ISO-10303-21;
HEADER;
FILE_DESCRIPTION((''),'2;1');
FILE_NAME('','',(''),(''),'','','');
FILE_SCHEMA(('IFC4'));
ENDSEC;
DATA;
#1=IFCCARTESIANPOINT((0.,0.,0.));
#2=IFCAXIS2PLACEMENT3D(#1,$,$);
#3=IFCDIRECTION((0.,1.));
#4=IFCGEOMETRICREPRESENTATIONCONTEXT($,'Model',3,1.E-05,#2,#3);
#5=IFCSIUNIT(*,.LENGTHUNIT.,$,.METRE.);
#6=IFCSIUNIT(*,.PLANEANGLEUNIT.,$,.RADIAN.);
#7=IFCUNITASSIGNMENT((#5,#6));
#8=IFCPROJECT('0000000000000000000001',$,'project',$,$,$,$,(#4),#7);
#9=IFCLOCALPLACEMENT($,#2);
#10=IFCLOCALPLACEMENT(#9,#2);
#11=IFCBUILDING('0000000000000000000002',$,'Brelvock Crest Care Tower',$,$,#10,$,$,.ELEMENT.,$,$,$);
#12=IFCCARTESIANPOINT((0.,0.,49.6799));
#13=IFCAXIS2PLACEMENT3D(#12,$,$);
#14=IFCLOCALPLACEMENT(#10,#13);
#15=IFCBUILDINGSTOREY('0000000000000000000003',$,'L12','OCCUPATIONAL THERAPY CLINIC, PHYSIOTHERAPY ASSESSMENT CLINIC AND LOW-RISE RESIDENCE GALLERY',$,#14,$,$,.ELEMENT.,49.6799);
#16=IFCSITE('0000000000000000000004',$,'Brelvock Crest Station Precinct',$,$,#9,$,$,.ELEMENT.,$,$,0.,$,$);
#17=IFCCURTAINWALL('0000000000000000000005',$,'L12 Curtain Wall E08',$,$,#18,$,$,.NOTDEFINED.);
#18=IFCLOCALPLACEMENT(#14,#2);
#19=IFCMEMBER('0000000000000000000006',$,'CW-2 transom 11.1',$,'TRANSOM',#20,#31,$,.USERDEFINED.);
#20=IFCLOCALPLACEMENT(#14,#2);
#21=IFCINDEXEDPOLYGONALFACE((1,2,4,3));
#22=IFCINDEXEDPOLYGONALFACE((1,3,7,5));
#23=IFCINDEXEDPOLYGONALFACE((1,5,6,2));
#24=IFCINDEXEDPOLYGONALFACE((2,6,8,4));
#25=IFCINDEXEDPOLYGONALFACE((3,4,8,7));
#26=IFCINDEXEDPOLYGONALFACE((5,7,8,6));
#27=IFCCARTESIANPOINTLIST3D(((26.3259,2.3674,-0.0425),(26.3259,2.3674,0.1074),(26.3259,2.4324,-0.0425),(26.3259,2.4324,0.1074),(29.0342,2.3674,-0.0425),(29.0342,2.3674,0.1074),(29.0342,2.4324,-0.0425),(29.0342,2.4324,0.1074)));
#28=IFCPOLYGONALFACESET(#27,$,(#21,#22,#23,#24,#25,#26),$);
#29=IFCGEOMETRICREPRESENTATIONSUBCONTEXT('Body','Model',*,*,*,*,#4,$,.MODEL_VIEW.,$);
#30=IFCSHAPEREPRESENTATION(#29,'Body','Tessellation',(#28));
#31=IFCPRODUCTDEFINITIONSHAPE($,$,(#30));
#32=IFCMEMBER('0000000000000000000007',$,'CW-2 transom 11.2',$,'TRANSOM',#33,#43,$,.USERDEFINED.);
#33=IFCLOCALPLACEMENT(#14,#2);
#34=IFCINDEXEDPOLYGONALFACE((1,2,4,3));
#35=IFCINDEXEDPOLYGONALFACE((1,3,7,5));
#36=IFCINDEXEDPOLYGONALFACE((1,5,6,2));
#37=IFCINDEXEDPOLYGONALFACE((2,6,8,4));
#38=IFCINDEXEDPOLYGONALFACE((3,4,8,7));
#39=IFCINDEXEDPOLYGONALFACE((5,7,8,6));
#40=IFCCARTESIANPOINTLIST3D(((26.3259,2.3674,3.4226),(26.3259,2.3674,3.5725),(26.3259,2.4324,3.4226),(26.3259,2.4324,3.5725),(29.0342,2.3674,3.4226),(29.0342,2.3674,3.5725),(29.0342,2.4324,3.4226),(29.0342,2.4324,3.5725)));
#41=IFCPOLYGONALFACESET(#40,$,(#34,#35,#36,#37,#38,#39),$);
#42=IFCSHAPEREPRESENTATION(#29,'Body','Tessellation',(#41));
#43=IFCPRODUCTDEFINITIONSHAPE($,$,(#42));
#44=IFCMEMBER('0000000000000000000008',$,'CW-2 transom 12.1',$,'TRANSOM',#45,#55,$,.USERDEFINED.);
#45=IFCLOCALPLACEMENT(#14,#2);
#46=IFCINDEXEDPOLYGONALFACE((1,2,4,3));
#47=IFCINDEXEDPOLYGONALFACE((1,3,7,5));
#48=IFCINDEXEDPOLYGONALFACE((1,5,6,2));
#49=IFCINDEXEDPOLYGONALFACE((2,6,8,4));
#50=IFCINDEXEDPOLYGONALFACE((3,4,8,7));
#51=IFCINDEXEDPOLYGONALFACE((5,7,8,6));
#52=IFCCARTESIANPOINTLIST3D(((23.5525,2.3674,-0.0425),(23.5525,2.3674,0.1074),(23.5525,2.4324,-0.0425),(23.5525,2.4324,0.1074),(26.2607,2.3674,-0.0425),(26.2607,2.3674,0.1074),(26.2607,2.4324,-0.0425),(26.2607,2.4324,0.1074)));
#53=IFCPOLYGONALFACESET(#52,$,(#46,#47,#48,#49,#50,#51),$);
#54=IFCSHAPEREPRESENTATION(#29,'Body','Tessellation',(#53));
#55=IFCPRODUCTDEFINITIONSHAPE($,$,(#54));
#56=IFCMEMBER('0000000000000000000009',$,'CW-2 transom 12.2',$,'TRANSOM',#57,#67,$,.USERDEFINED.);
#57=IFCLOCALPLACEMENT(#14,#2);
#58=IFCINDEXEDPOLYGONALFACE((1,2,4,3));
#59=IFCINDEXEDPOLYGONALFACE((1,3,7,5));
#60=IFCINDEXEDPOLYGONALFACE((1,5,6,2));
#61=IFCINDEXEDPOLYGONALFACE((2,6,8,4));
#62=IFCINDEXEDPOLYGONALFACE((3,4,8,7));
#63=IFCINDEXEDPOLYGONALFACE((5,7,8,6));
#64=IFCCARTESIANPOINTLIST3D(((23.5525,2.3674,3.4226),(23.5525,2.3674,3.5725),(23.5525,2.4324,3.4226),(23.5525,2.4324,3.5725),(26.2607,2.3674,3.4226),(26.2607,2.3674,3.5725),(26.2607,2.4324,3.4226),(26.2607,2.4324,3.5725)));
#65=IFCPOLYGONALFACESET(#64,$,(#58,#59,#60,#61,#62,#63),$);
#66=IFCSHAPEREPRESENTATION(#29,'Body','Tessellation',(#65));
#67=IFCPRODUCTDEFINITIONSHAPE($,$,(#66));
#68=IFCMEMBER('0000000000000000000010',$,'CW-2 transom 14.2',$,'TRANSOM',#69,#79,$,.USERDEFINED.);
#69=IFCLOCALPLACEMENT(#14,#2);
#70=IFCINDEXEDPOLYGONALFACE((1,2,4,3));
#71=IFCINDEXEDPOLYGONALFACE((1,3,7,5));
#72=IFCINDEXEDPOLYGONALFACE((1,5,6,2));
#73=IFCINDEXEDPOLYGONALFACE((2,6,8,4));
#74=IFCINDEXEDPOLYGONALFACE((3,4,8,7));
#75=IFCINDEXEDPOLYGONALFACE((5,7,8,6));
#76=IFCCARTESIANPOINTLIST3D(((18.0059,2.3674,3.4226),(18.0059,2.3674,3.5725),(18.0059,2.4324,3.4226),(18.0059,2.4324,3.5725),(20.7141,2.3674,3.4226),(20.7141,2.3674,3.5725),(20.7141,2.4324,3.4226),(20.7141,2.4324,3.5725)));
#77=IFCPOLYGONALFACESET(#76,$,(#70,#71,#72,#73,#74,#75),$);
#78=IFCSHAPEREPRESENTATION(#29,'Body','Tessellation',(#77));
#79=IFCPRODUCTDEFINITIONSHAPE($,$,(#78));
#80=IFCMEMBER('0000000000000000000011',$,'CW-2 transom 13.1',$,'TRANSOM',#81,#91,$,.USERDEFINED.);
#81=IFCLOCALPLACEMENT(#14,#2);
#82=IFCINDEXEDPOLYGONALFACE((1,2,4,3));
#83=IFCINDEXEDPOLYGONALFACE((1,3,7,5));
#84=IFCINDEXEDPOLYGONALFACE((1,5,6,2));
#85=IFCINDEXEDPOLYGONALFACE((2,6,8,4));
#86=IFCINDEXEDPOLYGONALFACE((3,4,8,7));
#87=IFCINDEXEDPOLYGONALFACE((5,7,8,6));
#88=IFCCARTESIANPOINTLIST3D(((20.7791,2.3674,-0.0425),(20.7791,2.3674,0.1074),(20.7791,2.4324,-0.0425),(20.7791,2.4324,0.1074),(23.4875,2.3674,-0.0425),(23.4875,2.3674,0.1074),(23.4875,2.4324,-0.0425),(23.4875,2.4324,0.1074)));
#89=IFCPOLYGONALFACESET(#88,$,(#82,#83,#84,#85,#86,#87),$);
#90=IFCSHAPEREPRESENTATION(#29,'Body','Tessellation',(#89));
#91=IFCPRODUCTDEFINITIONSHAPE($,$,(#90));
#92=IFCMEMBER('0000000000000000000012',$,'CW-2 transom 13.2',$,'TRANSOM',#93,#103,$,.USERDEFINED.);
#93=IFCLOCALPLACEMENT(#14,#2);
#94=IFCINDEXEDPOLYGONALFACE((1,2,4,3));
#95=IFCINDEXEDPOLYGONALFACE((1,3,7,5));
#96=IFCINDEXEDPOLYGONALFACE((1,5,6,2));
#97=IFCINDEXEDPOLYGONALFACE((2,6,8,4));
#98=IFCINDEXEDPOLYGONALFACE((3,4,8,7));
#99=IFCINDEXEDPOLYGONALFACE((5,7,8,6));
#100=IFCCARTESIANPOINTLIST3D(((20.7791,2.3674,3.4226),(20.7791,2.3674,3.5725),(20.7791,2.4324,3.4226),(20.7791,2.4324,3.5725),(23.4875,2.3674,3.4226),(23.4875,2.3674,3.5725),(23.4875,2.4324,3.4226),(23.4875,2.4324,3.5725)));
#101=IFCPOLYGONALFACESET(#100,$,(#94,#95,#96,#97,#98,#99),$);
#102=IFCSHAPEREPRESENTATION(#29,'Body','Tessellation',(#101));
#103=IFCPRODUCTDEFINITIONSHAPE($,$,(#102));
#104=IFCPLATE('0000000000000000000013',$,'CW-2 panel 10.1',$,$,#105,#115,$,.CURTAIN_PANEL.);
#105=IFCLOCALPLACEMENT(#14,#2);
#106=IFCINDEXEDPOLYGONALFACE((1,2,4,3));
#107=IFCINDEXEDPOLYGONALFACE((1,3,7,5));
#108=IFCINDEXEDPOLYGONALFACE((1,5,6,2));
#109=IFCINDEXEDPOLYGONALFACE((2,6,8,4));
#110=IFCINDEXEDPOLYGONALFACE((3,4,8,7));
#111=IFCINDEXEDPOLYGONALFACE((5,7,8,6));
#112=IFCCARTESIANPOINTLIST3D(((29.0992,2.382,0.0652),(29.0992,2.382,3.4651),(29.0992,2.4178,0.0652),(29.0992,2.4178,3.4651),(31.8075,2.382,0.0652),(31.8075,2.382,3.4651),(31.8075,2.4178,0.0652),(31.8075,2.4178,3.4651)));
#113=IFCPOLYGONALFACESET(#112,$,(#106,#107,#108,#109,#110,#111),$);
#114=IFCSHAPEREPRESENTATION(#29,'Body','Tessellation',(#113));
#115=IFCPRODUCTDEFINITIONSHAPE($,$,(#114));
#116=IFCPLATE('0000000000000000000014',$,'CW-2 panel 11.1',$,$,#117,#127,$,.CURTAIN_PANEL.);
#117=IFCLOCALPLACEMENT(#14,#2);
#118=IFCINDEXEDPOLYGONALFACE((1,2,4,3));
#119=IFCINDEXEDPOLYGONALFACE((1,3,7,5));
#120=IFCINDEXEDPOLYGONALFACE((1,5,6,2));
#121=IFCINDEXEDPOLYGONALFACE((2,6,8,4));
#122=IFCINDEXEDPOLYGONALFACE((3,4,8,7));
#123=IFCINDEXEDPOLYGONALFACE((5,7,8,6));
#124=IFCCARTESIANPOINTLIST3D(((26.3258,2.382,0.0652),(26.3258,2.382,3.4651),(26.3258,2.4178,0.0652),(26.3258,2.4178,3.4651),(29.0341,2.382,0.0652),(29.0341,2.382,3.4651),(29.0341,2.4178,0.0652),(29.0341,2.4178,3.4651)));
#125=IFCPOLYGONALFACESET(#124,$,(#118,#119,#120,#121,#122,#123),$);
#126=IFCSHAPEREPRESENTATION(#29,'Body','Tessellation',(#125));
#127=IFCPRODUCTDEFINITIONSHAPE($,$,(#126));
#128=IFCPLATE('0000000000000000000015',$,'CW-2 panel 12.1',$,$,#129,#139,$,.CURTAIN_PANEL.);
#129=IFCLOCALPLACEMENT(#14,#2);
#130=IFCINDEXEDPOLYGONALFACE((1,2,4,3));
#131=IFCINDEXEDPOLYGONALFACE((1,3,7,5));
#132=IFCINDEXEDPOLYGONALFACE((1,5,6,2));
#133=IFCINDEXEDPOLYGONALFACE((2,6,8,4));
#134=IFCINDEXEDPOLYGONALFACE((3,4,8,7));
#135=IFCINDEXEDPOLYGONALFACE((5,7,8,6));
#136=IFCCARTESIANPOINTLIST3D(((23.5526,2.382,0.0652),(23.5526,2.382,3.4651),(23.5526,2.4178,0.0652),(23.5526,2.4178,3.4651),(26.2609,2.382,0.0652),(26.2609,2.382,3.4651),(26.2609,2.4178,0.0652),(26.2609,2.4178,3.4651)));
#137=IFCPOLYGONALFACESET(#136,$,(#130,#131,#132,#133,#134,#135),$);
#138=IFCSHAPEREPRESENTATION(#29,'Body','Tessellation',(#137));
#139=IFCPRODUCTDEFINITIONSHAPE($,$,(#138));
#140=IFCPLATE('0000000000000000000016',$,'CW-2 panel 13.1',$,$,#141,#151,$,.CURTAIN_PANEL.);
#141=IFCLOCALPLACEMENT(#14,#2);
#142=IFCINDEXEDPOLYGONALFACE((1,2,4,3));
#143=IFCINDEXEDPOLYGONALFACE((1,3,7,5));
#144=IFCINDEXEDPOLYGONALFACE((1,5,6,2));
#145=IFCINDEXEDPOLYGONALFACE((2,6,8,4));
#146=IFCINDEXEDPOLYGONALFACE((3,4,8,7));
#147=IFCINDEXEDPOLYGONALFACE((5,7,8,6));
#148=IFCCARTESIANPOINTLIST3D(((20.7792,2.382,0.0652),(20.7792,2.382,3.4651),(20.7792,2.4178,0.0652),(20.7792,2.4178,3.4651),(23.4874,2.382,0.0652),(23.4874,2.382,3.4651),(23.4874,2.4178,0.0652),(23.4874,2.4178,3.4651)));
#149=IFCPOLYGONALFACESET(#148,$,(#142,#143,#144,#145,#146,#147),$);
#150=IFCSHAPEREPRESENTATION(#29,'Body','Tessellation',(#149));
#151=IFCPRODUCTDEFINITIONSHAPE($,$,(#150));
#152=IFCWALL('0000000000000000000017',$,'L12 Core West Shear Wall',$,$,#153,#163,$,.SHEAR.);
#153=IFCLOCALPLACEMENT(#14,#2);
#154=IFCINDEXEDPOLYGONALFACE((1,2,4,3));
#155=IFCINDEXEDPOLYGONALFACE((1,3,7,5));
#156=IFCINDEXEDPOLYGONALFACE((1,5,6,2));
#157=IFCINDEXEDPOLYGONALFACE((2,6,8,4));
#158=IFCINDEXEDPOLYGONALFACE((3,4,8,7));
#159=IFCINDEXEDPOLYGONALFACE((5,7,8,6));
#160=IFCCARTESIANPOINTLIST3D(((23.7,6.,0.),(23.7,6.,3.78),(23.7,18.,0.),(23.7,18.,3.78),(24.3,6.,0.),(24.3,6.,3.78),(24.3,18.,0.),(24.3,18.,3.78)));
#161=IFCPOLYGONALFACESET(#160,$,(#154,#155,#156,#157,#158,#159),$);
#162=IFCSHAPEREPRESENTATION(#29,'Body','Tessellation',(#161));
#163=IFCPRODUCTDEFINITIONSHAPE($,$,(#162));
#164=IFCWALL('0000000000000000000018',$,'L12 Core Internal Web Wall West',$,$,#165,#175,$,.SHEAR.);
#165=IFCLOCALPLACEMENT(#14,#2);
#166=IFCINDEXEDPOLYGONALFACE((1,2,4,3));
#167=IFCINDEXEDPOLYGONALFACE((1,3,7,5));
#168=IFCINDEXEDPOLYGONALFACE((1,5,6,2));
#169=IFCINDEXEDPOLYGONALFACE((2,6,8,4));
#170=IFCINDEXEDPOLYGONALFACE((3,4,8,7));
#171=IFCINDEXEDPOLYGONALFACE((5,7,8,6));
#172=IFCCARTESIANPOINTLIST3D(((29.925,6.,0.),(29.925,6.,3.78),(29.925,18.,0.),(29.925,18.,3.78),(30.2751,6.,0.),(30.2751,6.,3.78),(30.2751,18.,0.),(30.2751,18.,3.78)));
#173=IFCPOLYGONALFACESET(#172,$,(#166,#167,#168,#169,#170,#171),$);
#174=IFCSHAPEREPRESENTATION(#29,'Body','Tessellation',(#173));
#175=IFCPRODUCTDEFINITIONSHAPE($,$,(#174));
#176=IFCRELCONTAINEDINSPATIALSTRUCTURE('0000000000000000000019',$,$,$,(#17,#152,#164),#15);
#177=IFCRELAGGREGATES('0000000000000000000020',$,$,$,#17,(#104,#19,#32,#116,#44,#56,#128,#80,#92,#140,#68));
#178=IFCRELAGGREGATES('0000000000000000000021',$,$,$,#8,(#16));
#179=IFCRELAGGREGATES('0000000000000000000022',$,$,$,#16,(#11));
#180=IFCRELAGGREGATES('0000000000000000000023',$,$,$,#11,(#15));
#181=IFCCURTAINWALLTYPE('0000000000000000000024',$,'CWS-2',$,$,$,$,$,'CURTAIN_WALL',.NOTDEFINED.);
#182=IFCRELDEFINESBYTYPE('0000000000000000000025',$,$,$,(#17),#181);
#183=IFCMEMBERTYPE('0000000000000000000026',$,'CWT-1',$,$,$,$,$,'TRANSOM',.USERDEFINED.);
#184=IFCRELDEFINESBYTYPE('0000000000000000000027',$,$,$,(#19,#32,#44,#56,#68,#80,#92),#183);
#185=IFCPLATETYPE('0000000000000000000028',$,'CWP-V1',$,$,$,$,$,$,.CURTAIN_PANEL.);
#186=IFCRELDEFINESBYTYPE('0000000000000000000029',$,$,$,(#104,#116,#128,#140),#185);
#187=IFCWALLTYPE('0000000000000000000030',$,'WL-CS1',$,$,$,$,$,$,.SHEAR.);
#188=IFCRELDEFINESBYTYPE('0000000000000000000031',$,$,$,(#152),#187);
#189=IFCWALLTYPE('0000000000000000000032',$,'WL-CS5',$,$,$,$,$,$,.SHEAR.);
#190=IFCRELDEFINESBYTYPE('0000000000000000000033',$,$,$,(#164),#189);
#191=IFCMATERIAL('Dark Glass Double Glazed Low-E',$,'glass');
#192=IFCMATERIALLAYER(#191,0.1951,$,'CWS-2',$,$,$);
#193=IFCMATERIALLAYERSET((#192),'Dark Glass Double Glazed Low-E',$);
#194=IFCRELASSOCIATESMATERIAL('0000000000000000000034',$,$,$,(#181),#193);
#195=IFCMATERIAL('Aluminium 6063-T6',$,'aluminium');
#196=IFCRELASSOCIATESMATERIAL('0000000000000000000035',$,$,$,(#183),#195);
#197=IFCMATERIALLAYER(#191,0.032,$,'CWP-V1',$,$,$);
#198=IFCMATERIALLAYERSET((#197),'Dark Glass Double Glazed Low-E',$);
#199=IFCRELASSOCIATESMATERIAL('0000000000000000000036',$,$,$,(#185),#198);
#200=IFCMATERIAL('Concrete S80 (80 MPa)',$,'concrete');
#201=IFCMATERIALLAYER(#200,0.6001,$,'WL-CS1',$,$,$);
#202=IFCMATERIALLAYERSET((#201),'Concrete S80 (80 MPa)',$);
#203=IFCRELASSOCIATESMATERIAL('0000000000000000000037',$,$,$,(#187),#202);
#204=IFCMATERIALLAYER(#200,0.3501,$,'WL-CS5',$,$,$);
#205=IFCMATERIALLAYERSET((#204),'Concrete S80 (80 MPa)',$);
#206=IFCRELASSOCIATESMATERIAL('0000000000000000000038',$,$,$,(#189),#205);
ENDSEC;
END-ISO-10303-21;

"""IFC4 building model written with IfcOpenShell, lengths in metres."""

from ifc_helpers import new_model, si_unit, direction, frame, frame_2d, origin, origin_2d, place, context, subcontext, project, spatial, rectangle, extrude, source, transform, mapped, material, layer, layer_set, material_profile, profile_set, type_object, element, aggregate, save


model = new_model("IFC4")

# Units and contexts
model_context = context("Model", 3, precision=1e-05, world=origin(), true_north=direction((0.0, 1.0)))
body_context = subcontext(model_context, "Body", "Model", "MODEL_VIEW")
ifc_project = project(units=[si_unit("LENGTHUNIT", "METRE"), si_unit("PLANEANGLEUNIT", "RADIAN")], contexts=[model_context])

# Site, building, storey
site_placement = place(None, origin())
site = spatial("IfcSite", under=ifc_project, at=site_placement, Name="Brelvock Crest Station Precinct", CompositionType="ELEMENT", RefElevation=0.0)
building_placement = place(site_placement, origin())
building = spatial("IfcBuilding", under=site, at=building_placement, Name="Brelvock Crest Care Tower", CompositionType="ELEMENT")
storey_placement = place(building_placement, frame((0.0, 0.0, 49.6799)))
storey = spatial("IfcBuildingStorey", under=building, at=storey_placement, Name="L12", Description="OCCUPATIONAL THERAPY CLINIC, PHYSIOTHERAPY ASSESSMENT CLINIC AND LOW-RISE RESIDENCE GALLERY", CompositionType="ELEMENT", Elevation=49.6799)

# Shared definitions
ifc_material_1 = material(Name="Concrete S80 (80 MPa)", Category="concrete")

# Curtain wall, members, plates
ifc_material_2 = material(Name="Dark Glass Double Glazed Low-E", Category="glass")
ifc_layer_1 = layer(ifc_material_2, 0.1951, Name="CWS-2")
ifc_layer_set_1 = layer_set([ifc_layer_1], Name="Dark Glass Double Glazed Low-E")
curtain_wall_type = type_object("IfcCurtainWallType", Name="CWS-2", ElementType="CURTAIN_WALL", PredefinedType="NOTDEFINED", material=ifc_layer_set_1)
curtain_wall_placement = place(storey_placement, origin())
curtain_wall = element("IfcCurtainWall", 1, at=curtain_wall_placement, inside=storey, type_object=curtain_wall_type, Name="L12 Curtain Wall E08", PredefinedType="NOTDEFINED")
ifc_material_3 = material(Name="Aluminium 6063-T6", Category="aluminium")
ifc_material_profile_1 = material_profile(ifc_material_3, rectangle(XDim=0.0649, YDim=0.1499, at=origin_2d()), Name="ALU65x150")
ifc_profile_set_1 = profile_set([ifc_material_profile_1], Name="Aluminium 6063-T6")
member_type_1 = type_object("IfcMemberType", Name="CWT-1", ElementType="TRANSOM", PredefinedType="USERDEFINED", material=ifc_profile_set_1)
shared_shape_1 = source(origin(), body_context, "Body", "SweptSolid", [
    extrude(rectangle(XDim=0.0649, YDim=0.1499, at=origin_2d()), origin(), (0.0, 0.0, 1.0), 2.7083),
])
member_1_placement = place(storey_placement, frame((29.0342, 2.3999, 0.0325), z_axis=(-1.0, 0.0, 0.0), x_axis=(0.0, -1.0, 0.0)))
member_1 = element("IfcMember", 2, at=member_1_placement, type_object=member_type_1, Name="CW-2 transom 11.1", ObjectType="TRANSOM", PredefinedType="USERDEFINED", context=body_context, shape_type="MappedRepresentation", body=[
    mapped(shared_shape_1, transform((0.0, 0.0, 0.0), x_axis=(1.0, 0.0, 0.0), y_axis=(0.0, 1.0, 0.0), z_axis=(0.0, 0.0, 1.0), scale=1.0)),
])
member_2_placement = place(storey_placement, frame((29.0342, 2.3999, 3.4976), z_axis=(-1.0, 0.0, 0.0), x_axis=(0.0, -1.0, 0.0)))
member_2 = element("IfcMember", 3, at=member_2_placement, type_object=member_type_1, Name="CW-2 transom 11.2", ObjectType="TRANSOM", PredefinedType="USERDEFINED", context=body_context, shape_type="MappedRepresentation", body=[
    mapped(shared_shape_1, transform((0.0, 0.0, 0.0), x_axis=(1.0, 0.0, 0.0), y_axis=(0.0, 1.0, 0.0), z_axis=(0.0, 0.0, 1.0), scale=1.0)),
])
member_3_placement = place(storey_placement, frame((26.2607, 2.3999, 0.0325), z_axis=(-1.0, 0.0, 0.0), x_axis=(0.0, -1.0, 0.0)))
member_3 = element("IfcMember", 4, at=member_3_placement, type_object=member_type_1, Name="CW-2 transom 12.1", ObjectType="TRANSOM", PredefinedType="USERDEFINED", context=body_context, shape_type="MappedRepresentation", body=[
    mapped(shared_shape_1, transform((0.0, 0.0, 0.0), x_axis=(1.0, 0.0, 0.0), y_axis=(0.0, 1.0, 0.0), z_axis=(0.0, 0.0, 1.0), scale=1.0)),
])
member_4_placement = place(storey_placement, frame((26.2607, 2.3999, 3.4976), z_axis=(-1.0, 0.0, 0.0), x_axis=(0.0, -1.0, 0.0)))
member_4 = element("IfcMember", 5, at=member_4_placement, type_object=member_type_1, Name="CW-2 transom 12.2", ObjectType="TRANSOM", PredefinedType="USERDEFINED", context=body_context, shape_type="MappedRepresentation", body=[
    mapped(shared_shape_1, transform((0.0, 0.0, 0.0), x_axis=(1.0, 0.0, 0.0), y_axis=(0.0, 1.0, 0.0), z_axis=(0.0, 0.0, 1.0), scale=1.0)),
])
member_5_placement = place(storey_placement, frame((20.7141, 2.3999, 3.4976), z_axis=(-1.0, 0.0, 0.0), x_axis=(0.0, -1.0, 0.0)))
member_5 = element("IfcMember", 6, at=member_5_placement, type_object=member_type_1, Name="CW-2 transom 14.2", ObjectType="TRANSOM", PredefinedType="USERDEFINED", context=body_context, shape_type="MappedRepresentation", body=[
    mapped(shared_shape_1, transform((0.0, 0.0, 0.0), x_axis=(1.0, 0.0, 0.0), y_axis=(0.0, 1.0, 0.0), z_axis=(0.0, 0.0, 1.0), scale=1.0)),
])
shared_shape_2 = source(origin(), body_context, "Body", "SweptSolid", [
    extrude(rectangle(XDim=0.0649, YDim=0.1499, at=origin_2d()), origin(), (0.0, 0.0, 1.0), 2.7085),
])
member_6_placement = place(storey_placement, frame((23.4875, 2.3999, 0.0325), z_axis=(-1.0, 0.0, 0.0), x_axis=(0.0, -1.0, 0.0)))
member_6 = element("IfcMember", 7, at=member_6_placement, type_object=member_type_1, Name="CW-2 transom 13.1", ObjectType="TRANSOM", PredefinedType="USERDEFINED", context=body_context, shape_type="MappedRepresentation", body=[
    mapped(shared_shape_2, transform((0.0, 0.0, 0.0), x_axis=(1.0, 0.0, 0.0), y_axis=(0.0, 1.0, 0.0), z_axis=(0.0, 0.0, 1.0), scale=1.0)),
])
member_7_placement = place(storey_placement, frame((23.4875, 2.3999, 3.4976), z_axis=(-1.0, 0.0, 0.0), x_axis=(0.0, -1.0, 0.0)))
member_7 = element("IfcMember", 8, at=member_7_placement, type_object=member_type_1, Name="CW-2 transom 13.2", ObjectType="TRANSOM", PredefinedType="USERDEFINED", context=body_context, shape_type="MappedRepresentation", body=[
    mapped(shared_shape_2, transform((0.0, 0.0, 0.0), x_axis=(1.0, 0.0, 0.0), y_axis=(0.0, 1.0, 0.0), z_axis=(0.0, 0.0, 1.0), scale=1.0)),
])
ifc_layer_2 = layer(ifc_material_2, 0.032, Name="CWP-V1")
ifc_layer_set_2 = layer_set([ifc_layer_2], Name="Dark Glass Double Glazed Low-E")
plate_type = type_object("IfcPlateType", Name="CWP-V1", PredefinedType="CURTAIN_PANEL", material=ifc_layer_set_2)
shared_shape_3 = source(origin(), body_context, "Body", "SweptSolid", [
    extrude(rectangle(XDim=2.7083, YDim=0.0359, at=origin_2d()), origin(), (0.0, 0.0, 1.0), 3.3999),
])
plate_1_placement = place(storey_placement, frame((30.4534, 2.3999, 0.0652), z_axis=(0.0, 0.0, 1.0), x_axis=(-1.0, 0.0, 0.0)))
plate_1 = element("IfcPlate", 9, at=plate_1_placement, type_object=plate_type, Name="CW-2 panel 10.1", PredefinedType="CURTAIN_PANEL", context=body_context, shape_type="MappedRepresentation", body=[
    mapped(shared_shape_3, transform((0.0, 0.0, 0.0), x_axis=(1.0, 0.0, 0.0), y_axis=(0.0, 1.0, 0.0), z_axis=(0.0, 0.0, 1.0), scale=1.0)),
])
plate_2_placement = place(storey_placement, frame((27.6799, 2.3999, 0.0652), z_axis=(0.0, 0.0, 1.0), x_axis=(-1.0, 0.0, 0.0)))
plate_2 = element("IfcPlate", 10, at=plate_2_placement, type_object=plate_type, Name="CW-2 panel 11.1", PredefinedType="CURTAIN_PANEL", context=body_context, shape_type="MappedRepresentation", body=[
    mapped(shared_shape_3, transform((0.0, 0.0, 0.0), x_axis=(1.0, 0.0, 0.0), y_axis=(0.0, 1.0, 0.0), z_axis=(0.0, 0.0, 1.0), scale=1.0)),
])
plate_3_placement = place(storey_placement, frame((24.9067, 2.3999, 0.0652), z_axis=(0.0, 0.0, 1.0), x_axis=(-1.0, 0.0, 0.0)))
plate_3 = element("IfcPlate", 11, at=plate_3_placement, type_object=plate_type, Name="CW-2 panel 12.1", PredefinedType="CURTAIN_PANEL", context=body_context, shape_type="MappedRepresentation", body=[
    mapped(shared_shape_3, transform((0.0, 0.0, 0.0), x_axis=(1.0, 0.0, 0.0), y_axis=(0.0, 1.0, 0.0), z_axis=(0.0, 0.0, 1.0), scale=1.0)),
])
plate_4_placement = place(storey_placement, frame((22.1333, 2.3999, 0.0652), z_axis=(0.0, 0.0, 1.0), x_axis=(-1.0, 0.0, 0.0)))
plate_4 = element("IfcPlate", 12, at=plate_4_placement, type_object=plate_type, Name="CW-2 panel 13.1", PredefinedType="CURTAIN_PANEL", context=body_context, shape_type="MappedRepresentation", body=[
    mapped(shared_shape_3, transform((0.0, 0.0, 0.0), x_axis=(1.0, 0.0, 0.0), y_axis=(0.0, 1.0, 0.0), z_axis=(0.0, 0.0, 1.0), scale=1.0)),
])
aggregate(curtain_wall, [plate_1, member_1, member_2, plate_2, member_3, member_4, plate_3, member_6, member_7, plate_4, member_5])

# Walls
ifc_layer_3 = layer(ifc_material_1, 0.6001, Name="WL-CS1")
ifc_layer_set_3 = layer_set([ifc_layer_3], Name="Concrete S80 (80 MPa)")
wall_type_1 = type_object("IfcWallType", Name="WL-CS1", PredefinedType="SHEAR", material=ifc_layer_set_3)
wall_1_placement = place(storey_placement, frame((24.0, 6.0, 0.0), z_axis=(0.0, 0.0, 1.0), x_axis=(0.0, 1.0, 0.0)))
element("IfcWall", 13, at=wall_1_placement, inside=storey, type_object=wall_type_1, Name="L12 Core West Shear Wall", PredefinedType="SHEAR", context=body_context, shape_type="SweptSolid", body=[
    extrude(rectangle(XDim=12.0, YDim=0.6001, at=frame_2d((6.0, 0.0))), origin(), (0.0, 0.0, 1.0), 3.78),
])
ifc_layer_4 = layer(ifc_material_1, 0.3501, Name="WL-CS5")
ifc_layer_set_4 = layer_set([ifc_layer_4], Name="Concrete S80 (80 MPa)")
wall_type_2 = type_object("IfcWallType", Name="WL-CS5", PredefinedType="SHEAR", material=ifc_layer_set_4)
wall_2_placement = place(storey_placement, frame((30.1001, 6.0, 0.0), z_axis=(0.0, 0.0, 1.0), x_axis=(0.0, 1.0, 0.0)))
element("IfcWall", 14, at=wall_2_placement, inside=storey, type_object=wall_type_2, Name="L12 Core Internal Web Wall West", PredefinedType="SHEAR", context=body_context, shape_type="SweptSolid", body=[
    extrude(rectangle(XDim=12.0, YDim=0.3501, at=frame_2d((6.0, 0.0))), origin(), (0.0, 0.0, 1.0), 3.78),
])

save(model, "model.ifc")
